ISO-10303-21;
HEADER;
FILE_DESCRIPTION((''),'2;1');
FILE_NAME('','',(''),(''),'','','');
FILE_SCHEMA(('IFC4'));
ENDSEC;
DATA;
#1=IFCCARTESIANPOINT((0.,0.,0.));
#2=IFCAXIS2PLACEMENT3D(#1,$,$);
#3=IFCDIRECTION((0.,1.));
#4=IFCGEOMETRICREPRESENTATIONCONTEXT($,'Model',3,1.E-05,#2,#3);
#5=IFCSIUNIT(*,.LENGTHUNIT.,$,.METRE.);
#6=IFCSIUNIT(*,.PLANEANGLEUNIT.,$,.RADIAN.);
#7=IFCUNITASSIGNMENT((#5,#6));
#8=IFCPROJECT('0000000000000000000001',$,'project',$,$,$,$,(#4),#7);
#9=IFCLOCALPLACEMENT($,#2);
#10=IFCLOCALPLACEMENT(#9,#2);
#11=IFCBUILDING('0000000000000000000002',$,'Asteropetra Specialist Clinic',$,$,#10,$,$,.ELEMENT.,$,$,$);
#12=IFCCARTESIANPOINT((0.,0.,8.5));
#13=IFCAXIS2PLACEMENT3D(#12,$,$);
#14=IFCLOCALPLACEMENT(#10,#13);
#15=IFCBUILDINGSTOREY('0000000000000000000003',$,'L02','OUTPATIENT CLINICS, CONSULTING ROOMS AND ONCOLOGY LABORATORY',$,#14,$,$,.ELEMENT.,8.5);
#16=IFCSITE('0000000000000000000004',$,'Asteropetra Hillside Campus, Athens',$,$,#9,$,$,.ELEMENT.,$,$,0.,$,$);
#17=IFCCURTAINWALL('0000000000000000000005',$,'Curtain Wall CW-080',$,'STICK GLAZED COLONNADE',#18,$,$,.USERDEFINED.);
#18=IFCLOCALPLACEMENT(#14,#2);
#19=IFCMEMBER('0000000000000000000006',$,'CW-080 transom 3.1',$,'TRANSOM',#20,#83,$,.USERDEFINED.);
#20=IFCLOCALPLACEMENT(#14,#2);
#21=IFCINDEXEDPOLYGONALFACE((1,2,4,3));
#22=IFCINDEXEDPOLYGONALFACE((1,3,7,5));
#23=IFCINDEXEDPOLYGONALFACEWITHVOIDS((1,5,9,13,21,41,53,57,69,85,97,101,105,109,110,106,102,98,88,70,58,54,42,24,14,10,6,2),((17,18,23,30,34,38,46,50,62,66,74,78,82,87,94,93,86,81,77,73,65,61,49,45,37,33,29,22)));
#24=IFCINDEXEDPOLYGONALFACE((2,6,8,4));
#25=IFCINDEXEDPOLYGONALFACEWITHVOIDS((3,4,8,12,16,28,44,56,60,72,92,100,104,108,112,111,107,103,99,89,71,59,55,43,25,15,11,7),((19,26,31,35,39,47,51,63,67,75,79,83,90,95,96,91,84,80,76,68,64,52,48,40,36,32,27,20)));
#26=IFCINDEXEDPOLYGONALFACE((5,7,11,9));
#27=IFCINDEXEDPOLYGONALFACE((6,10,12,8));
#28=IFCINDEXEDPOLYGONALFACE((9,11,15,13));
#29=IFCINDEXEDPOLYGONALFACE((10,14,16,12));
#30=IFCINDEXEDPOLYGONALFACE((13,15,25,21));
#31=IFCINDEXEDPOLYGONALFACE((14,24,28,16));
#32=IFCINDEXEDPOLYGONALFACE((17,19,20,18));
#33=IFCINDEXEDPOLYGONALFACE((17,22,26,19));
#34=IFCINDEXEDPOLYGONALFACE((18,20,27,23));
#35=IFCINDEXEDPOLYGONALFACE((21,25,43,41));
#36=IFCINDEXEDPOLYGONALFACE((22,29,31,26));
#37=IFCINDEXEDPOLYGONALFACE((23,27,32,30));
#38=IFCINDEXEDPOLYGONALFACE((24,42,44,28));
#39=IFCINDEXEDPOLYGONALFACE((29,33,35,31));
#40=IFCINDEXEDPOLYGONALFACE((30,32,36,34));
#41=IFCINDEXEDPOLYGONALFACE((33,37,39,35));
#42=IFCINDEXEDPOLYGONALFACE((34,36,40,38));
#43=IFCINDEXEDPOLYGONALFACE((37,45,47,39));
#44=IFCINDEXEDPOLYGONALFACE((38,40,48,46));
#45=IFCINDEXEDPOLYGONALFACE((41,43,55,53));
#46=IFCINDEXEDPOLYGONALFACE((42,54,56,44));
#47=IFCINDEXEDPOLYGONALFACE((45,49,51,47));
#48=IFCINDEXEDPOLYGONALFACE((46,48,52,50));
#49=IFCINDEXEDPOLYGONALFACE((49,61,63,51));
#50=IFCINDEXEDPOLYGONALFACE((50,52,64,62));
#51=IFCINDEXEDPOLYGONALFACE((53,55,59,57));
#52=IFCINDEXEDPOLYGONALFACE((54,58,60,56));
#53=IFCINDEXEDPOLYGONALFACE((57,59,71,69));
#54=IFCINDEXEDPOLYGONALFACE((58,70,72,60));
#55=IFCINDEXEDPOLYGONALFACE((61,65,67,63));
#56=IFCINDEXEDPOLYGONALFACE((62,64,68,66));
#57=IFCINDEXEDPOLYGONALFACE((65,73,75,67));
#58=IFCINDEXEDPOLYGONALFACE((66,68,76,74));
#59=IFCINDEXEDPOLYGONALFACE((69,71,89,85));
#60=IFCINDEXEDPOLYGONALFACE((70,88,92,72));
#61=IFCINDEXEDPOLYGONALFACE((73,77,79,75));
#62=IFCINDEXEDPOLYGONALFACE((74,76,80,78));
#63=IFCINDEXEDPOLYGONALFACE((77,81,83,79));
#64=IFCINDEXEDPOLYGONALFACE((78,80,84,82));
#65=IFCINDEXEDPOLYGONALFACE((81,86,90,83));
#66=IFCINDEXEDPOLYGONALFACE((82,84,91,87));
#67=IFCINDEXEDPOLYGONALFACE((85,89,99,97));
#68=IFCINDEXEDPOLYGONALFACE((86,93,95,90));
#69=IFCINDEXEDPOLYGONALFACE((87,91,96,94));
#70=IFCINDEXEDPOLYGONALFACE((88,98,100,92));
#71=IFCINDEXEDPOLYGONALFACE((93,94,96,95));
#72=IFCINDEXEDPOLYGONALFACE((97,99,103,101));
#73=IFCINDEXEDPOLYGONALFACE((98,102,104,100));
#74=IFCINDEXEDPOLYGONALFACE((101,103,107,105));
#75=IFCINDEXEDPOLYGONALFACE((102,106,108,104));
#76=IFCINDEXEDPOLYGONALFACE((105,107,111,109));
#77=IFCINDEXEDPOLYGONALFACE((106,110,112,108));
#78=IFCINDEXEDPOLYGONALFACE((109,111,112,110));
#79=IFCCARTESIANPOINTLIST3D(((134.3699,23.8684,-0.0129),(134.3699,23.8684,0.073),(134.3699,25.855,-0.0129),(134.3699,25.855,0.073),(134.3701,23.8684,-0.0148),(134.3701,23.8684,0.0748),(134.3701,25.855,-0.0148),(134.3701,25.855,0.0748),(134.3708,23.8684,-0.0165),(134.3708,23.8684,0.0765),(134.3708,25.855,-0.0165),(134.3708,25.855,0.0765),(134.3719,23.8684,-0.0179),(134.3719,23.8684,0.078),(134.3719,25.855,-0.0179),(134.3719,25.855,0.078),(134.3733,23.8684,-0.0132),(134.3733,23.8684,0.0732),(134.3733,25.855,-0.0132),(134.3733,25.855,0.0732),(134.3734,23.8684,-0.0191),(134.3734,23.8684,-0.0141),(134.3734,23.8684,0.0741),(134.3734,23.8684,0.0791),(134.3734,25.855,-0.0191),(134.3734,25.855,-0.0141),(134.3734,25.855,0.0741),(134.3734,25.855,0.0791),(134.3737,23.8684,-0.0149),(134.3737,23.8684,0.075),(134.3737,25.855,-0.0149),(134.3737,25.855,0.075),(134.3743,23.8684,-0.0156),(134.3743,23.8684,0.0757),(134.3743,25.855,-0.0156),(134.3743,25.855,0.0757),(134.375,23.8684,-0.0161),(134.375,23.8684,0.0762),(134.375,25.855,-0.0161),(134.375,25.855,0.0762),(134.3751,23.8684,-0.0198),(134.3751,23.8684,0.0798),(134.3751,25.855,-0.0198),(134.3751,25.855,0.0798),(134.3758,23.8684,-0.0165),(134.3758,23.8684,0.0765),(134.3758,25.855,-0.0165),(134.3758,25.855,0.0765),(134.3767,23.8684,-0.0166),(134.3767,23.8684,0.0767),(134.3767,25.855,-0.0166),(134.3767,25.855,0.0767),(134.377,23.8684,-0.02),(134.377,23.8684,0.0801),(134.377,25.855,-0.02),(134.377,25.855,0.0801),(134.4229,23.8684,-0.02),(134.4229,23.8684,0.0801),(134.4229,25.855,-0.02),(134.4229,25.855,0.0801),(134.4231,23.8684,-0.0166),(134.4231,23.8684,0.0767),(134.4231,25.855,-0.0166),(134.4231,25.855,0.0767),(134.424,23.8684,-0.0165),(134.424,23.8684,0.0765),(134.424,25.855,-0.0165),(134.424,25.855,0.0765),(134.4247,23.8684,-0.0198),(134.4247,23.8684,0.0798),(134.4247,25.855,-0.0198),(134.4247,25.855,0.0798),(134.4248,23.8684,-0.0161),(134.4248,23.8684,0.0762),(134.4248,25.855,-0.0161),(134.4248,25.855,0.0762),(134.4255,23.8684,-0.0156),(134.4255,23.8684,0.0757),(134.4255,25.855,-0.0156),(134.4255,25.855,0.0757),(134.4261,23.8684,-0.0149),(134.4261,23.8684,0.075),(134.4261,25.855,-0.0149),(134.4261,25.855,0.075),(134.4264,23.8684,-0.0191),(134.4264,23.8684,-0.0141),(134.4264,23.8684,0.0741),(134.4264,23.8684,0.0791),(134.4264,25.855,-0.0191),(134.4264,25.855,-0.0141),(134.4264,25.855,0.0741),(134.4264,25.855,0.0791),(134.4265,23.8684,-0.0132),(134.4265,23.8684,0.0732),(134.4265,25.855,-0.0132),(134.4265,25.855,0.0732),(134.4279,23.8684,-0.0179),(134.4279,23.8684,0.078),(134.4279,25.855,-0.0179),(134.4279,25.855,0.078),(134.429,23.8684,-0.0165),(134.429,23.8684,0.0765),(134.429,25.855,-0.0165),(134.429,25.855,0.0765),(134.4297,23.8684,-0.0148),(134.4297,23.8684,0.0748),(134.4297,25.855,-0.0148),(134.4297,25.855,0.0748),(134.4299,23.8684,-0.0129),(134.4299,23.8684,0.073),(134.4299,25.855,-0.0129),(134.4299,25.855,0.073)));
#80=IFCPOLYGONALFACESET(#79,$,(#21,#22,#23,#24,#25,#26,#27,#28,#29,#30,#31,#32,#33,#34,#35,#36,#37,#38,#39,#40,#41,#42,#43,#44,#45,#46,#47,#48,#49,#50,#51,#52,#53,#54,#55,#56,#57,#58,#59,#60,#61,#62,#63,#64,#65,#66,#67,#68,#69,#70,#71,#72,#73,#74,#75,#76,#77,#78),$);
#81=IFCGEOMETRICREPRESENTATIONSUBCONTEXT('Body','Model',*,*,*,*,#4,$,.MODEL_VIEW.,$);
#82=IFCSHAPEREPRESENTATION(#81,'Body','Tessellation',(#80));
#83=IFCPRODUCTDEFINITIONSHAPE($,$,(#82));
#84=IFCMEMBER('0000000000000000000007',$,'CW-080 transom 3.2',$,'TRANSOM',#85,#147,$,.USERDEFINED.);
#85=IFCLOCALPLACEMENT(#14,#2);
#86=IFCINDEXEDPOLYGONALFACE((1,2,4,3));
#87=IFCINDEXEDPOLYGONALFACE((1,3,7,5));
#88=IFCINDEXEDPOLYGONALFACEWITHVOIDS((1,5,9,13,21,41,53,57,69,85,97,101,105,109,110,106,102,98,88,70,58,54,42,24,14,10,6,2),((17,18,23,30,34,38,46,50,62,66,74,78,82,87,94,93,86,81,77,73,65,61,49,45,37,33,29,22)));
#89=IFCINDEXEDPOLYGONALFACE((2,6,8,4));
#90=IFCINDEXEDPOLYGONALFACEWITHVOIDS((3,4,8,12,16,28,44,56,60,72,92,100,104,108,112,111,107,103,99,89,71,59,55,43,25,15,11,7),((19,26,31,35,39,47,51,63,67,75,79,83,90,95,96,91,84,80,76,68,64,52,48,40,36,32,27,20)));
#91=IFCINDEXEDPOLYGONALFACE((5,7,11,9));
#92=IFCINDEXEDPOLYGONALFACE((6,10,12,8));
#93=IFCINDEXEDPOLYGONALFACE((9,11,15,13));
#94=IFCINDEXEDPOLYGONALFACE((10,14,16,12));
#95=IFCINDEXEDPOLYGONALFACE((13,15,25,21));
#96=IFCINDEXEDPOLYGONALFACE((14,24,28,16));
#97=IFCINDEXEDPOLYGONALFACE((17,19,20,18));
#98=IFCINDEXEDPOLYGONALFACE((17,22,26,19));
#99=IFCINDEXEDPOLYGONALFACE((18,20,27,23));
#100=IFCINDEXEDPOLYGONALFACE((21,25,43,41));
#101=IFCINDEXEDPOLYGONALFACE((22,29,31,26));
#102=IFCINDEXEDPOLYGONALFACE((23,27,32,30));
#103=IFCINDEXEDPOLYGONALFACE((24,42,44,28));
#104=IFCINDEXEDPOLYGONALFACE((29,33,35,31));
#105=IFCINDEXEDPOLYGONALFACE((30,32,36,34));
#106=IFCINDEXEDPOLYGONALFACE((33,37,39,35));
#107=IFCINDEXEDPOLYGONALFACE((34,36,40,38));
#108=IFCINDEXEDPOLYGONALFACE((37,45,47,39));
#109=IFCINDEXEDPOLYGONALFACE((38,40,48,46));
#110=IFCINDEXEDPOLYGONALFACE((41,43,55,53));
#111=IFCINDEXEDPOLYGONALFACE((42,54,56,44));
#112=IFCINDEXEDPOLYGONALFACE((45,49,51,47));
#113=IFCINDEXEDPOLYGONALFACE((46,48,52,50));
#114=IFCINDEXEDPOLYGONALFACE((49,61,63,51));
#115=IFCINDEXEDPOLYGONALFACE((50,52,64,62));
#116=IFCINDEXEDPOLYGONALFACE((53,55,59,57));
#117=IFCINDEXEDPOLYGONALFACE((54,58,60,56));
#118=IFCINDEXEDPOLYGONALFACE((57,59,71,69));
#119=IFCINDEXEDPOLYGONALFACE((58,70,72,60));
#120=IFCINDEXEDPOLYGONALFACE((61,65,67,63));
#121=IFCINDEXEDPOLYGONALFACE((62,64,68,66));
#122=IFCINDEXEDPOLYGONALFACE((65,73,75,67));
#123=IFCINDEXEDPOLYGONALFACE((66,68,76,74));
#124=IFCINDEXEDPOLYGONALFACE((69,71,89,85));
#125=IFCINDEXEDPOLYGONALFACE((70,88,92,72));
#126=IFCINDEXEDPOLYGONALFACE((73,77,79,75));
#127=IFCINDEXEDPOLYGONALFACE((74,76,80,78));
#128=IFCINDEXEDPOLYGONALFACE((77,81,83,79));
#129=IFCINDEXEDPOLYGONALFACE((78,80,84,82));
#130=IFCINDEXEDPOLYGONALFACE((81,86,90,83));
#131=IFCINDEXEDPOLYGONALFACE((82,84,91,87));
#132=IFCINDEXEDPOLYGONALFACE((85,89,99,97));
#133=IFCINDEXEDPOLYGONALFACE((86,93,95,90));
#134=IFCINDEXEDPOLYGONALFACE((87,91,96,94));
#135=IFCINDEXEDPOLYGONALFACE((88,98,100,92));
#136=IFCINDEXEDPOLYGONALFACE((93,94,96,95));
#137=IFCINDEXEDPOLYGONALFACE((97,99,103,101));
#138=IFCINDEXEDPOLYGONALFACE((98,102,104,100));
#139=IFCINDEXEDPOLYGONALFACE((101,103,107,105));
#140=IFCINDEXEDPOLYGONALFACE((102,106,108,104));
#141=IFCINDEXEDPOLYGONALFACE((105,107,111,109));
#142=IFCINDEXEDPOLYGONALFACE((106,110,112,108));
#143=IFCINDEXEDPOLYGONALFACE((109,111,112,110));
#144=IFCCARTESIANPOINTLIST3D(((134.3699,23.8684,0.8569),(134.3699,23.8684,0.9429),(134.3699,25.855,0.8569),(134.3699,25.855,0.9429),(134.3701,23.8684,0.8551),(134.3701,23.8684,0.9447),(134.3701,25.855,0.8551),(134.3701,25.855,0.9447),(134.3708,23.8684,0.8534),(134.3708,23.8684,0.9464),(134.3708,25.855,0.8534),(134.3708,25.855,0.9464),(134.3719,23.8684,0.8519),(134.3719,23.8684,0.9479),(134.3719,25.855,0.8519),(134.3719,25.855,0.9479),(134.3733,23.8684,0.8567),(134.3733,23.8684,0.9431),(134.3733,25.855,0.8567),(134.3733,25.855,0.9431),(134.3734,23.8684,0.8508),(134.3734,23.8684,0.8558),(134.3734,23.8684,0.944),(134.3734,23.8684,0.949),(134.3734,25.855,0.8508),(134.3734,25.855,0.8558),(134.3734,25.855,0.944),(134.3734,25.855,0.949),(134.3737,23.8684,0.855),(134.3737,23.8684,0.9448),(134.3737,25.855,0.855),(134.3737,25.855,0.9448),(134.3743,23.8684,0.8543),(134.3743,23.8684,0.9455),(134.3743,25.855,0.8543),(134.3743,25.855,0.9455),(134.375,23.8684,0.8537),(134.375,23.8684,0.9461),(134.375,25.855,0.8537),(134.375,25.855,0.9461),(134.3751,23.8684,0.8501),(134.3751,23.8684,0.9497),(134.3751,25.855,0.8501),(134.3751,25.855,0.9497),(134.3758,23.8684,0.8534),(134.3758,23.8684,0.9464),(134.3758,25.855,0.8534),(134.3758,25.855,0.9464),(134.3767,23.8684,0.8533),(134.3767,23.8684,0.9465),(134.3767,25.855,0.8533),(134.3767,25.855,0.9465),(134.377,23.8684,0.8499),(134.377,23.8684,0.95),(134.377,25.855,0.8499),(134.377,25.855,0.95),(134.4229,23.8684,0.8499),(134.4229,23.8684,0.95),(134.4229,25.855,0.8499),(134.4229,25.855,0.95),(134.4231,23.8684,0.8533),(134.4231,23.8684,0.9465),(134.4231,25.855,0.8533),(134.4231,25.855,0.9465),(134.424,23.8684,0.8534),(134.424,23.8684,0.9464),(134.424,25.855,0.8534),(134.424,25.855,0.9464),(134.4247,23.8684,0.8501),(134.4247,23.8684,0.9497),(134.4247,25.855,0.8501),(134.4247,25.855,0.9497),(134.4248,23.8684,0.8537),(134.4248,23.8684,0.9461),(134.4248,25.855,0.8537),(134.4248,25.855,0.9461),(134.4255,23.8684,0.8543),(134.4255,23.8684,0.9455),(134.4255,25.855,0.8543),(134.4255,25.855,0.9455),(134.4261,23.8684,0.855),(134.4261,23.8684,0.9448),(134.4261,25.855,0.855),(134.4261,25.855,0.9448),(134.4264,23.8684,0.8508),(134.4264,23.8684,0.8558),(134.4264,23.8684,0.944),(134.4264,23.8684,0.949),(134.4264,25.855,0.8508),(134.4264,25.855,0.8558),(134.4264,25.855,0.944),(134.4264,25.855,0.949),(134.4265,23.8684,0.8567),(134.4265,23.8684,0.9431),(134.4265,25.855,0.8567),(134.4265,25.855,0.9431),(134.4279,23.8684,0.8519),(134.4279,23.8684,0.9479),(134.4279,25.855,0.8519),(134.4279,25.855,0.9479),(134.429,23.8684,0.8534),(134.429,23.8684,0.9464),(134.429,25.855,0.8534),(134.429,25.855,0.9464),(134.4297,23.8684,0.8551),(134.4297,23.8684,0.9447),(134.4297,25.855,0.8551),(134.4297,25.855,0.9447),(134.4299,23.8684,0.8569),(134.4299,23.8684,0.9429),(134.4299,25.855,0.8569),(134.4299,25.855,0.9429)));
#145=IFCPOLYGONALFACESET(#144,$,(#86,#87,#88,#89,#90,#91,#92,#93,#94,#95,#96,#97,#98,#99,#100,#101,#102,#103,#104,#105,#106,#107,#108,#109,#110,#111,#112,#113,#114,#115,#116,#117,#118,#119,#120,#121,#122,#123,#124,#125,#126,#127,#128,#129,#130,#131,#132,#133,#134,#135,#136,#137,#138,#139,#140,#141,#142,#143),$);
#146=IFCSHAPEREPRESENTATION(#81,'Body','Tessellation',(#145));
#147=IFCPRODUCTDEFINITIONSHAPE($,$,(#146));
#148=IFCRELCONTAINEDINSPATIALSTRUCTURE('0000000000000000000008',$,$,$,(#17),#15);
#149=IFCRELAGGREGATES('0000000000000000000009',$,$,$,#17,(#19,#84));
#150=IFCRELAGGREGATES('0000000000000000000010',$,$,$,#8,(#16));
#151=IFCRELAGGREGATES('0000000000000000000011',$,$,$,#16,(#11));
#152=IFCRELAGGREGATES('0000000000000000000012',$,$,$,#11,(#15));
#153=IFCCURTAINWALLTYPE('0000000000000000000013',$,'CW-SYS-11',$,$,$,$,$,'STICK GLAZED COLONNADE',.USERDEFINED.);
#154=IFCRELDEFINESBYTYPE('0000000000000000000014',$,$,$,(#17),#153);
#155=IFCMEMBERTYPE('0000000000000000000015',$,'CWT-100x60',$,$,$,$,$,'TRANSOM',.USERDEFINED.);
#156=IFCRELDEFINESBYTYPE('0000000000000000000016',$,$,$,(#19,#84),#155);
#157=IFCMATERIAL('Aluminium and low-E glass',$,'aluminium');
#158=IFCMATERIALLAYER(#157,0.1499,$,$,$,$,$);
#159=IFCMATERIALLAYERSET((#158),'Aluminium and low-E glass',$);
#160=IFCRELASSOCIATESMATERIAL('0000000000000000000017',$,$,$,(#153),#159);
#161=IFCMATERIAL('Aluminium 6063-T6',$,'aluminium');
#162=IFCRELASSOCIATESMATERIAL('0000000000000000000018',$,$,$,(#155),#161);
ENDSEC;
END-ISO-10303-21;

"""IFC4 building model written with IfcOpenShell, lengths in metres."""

from ifc_helpers import new_model, si_unit, direction, frame, origin, origin_2d, place, context, subcontext, project, spatial, hollow_rectangle, extrude, material, layer, layer_set, material_profile, profile_set, type_object, element, aggregate, save


model = new_model("IFC4")

# Units and contexts
model_context = context("Model", 3, precision=1e-05, world=origin(), true_north=direction((0.0, 1.0)))
body_context = subcontext(model_context, "Body", "Model", "MODEL_VIEW")
ifc_project = project(units=[si_unit("LENGTHUNIT", "METRE"), si_unit("PLANEANGLEUNIT", "RADIAN")], contexts=[model_context])

# Site, building, storey
site_placement = place(None, origin())
site = spatial("IfcSite", under=ifc_project, at=site_placement, Name="Asteropetra Hillside Campus, Athens", CompositionType="ELEMENT", RefElevation=0.0)
building_placement = place(site_placement, origin())
building = spatial("IfcBuilding", under=site, at=building_placement, Name="Asteropetra Specialist Clinic", CompositionType="ELEMENT")
storey_placement = place(building_placement, frame((0.0, 0.0, 8.5)))
storey = spatial("IfcBuildingStorey", under=building, at=storey_placement, Name="L02", Description="OUTPATIENT CLINICS, CONSULTING ROOMS AND ONCOLOGY LABORATORY", CompositionType="ELEMENT", Elevation=8.5)

# Curtain wall
ifc_material_1 = material(Name="Aluminium and low-E glass", Category="aluminium")
ifc_layer_1 = layer(ifc_material_1, 0.1499)
ifc_layer_set_1 = layer_set([ifc_layer_1], Name="Aluminium and low-E glass")
curtain_wall_type = type_object("IfcCurtainWallType", Name="CW-SYS-11", ElementType="STICK GLAZED COLONNADE", PredefinedType="USERDEFINED", material=ifc_layer_set_1)
curtain_wall_1_placement = place(storey_placement, origin())
curtain_wall_1 = element("IfcCurtainWall", 1, at=curtain_wall_1_placement, inside=storey, type_object=curtain_wall_type, Name="Curtain Wall CW-080", ObjectType="STICK GLAZED COLONNADE", PredefinedType="USERDEFINED")

# Members
ifc_material_2 = material(Name="Aluminium 6063-T6", Category="aluminium")
ifc_material_profile_1 = material_profile(ifc_material_2, hollow_rectangle(XDim=0.0601, YDim=0.1001, WallThickness=0.0034, InnerFilletRadius=0.0034, OuterFilletRadius=0.0071, at=origin_2d()), Name="TRN 100x60x3.5")
ifc_profile_set_1 = profile_set([ifc_material_profile_1], Name="Aluminium 6063-T6")
member_type_1 = type_object("IfcMemberType", Name="CWT-100x60", ElementType="TRANSOM", PredefinedType="USERDEFINED", material=ifc_profile_set_1)
member_1_placement = place(storey_placement, frame((134.3999, 23.8684, 0.03), z_axis=(0.0, 1.0, 0.0), x_axis=(-1.0, 0.0, 0.0)))
member_1 = element("IfcMember", 2, at=member_1_placement, type_object=member_type_1, Name="CW-080 transom 3.1", ObjectType="TRANSOM", PredefinedType="USERDEFINED", context=body_context, shape_type="SweptSolid", body=[
    extrude(hollow_rectangle(XDim=0.0601, YDim=0.1001, WallThickness=0.0034, InnerFilletRadius=0.0034, OuterFilletRadius=0.0071, at=origin_2d()), origin(), (0.0, 0.0, 1.0), 1.9866),
])
member_2_placement = place(storey_placement, frame((134.3999, 23.8684, 0.8999), z_axis=(0.0, 1.0, 0.0), x_axis=(-1.0, 0.0, 0.0)))
member_2 = element("IfcMember", 3, at=member_2_placement, type_object=member_type_1, Name="CW-080 transom 3.2", ObjectType="TRANSOM", PredefinedType="USERDEFINED", context=body_context, shape_type="SweptSolid", body=[
    extrude(hollow_rectangle(XDim=0.0601, YDim=0.1001, WallThickness=0.0034, InnerFilletRadius=0.0034, OuterFilletRadius=0.0071, at=origin_2d()), origin(), (0.0, 0.0, 1.0), 1.9866),
])

aggregate(curtain_wall_1, [member_1, member_2])

save(model, "model.ifc")
